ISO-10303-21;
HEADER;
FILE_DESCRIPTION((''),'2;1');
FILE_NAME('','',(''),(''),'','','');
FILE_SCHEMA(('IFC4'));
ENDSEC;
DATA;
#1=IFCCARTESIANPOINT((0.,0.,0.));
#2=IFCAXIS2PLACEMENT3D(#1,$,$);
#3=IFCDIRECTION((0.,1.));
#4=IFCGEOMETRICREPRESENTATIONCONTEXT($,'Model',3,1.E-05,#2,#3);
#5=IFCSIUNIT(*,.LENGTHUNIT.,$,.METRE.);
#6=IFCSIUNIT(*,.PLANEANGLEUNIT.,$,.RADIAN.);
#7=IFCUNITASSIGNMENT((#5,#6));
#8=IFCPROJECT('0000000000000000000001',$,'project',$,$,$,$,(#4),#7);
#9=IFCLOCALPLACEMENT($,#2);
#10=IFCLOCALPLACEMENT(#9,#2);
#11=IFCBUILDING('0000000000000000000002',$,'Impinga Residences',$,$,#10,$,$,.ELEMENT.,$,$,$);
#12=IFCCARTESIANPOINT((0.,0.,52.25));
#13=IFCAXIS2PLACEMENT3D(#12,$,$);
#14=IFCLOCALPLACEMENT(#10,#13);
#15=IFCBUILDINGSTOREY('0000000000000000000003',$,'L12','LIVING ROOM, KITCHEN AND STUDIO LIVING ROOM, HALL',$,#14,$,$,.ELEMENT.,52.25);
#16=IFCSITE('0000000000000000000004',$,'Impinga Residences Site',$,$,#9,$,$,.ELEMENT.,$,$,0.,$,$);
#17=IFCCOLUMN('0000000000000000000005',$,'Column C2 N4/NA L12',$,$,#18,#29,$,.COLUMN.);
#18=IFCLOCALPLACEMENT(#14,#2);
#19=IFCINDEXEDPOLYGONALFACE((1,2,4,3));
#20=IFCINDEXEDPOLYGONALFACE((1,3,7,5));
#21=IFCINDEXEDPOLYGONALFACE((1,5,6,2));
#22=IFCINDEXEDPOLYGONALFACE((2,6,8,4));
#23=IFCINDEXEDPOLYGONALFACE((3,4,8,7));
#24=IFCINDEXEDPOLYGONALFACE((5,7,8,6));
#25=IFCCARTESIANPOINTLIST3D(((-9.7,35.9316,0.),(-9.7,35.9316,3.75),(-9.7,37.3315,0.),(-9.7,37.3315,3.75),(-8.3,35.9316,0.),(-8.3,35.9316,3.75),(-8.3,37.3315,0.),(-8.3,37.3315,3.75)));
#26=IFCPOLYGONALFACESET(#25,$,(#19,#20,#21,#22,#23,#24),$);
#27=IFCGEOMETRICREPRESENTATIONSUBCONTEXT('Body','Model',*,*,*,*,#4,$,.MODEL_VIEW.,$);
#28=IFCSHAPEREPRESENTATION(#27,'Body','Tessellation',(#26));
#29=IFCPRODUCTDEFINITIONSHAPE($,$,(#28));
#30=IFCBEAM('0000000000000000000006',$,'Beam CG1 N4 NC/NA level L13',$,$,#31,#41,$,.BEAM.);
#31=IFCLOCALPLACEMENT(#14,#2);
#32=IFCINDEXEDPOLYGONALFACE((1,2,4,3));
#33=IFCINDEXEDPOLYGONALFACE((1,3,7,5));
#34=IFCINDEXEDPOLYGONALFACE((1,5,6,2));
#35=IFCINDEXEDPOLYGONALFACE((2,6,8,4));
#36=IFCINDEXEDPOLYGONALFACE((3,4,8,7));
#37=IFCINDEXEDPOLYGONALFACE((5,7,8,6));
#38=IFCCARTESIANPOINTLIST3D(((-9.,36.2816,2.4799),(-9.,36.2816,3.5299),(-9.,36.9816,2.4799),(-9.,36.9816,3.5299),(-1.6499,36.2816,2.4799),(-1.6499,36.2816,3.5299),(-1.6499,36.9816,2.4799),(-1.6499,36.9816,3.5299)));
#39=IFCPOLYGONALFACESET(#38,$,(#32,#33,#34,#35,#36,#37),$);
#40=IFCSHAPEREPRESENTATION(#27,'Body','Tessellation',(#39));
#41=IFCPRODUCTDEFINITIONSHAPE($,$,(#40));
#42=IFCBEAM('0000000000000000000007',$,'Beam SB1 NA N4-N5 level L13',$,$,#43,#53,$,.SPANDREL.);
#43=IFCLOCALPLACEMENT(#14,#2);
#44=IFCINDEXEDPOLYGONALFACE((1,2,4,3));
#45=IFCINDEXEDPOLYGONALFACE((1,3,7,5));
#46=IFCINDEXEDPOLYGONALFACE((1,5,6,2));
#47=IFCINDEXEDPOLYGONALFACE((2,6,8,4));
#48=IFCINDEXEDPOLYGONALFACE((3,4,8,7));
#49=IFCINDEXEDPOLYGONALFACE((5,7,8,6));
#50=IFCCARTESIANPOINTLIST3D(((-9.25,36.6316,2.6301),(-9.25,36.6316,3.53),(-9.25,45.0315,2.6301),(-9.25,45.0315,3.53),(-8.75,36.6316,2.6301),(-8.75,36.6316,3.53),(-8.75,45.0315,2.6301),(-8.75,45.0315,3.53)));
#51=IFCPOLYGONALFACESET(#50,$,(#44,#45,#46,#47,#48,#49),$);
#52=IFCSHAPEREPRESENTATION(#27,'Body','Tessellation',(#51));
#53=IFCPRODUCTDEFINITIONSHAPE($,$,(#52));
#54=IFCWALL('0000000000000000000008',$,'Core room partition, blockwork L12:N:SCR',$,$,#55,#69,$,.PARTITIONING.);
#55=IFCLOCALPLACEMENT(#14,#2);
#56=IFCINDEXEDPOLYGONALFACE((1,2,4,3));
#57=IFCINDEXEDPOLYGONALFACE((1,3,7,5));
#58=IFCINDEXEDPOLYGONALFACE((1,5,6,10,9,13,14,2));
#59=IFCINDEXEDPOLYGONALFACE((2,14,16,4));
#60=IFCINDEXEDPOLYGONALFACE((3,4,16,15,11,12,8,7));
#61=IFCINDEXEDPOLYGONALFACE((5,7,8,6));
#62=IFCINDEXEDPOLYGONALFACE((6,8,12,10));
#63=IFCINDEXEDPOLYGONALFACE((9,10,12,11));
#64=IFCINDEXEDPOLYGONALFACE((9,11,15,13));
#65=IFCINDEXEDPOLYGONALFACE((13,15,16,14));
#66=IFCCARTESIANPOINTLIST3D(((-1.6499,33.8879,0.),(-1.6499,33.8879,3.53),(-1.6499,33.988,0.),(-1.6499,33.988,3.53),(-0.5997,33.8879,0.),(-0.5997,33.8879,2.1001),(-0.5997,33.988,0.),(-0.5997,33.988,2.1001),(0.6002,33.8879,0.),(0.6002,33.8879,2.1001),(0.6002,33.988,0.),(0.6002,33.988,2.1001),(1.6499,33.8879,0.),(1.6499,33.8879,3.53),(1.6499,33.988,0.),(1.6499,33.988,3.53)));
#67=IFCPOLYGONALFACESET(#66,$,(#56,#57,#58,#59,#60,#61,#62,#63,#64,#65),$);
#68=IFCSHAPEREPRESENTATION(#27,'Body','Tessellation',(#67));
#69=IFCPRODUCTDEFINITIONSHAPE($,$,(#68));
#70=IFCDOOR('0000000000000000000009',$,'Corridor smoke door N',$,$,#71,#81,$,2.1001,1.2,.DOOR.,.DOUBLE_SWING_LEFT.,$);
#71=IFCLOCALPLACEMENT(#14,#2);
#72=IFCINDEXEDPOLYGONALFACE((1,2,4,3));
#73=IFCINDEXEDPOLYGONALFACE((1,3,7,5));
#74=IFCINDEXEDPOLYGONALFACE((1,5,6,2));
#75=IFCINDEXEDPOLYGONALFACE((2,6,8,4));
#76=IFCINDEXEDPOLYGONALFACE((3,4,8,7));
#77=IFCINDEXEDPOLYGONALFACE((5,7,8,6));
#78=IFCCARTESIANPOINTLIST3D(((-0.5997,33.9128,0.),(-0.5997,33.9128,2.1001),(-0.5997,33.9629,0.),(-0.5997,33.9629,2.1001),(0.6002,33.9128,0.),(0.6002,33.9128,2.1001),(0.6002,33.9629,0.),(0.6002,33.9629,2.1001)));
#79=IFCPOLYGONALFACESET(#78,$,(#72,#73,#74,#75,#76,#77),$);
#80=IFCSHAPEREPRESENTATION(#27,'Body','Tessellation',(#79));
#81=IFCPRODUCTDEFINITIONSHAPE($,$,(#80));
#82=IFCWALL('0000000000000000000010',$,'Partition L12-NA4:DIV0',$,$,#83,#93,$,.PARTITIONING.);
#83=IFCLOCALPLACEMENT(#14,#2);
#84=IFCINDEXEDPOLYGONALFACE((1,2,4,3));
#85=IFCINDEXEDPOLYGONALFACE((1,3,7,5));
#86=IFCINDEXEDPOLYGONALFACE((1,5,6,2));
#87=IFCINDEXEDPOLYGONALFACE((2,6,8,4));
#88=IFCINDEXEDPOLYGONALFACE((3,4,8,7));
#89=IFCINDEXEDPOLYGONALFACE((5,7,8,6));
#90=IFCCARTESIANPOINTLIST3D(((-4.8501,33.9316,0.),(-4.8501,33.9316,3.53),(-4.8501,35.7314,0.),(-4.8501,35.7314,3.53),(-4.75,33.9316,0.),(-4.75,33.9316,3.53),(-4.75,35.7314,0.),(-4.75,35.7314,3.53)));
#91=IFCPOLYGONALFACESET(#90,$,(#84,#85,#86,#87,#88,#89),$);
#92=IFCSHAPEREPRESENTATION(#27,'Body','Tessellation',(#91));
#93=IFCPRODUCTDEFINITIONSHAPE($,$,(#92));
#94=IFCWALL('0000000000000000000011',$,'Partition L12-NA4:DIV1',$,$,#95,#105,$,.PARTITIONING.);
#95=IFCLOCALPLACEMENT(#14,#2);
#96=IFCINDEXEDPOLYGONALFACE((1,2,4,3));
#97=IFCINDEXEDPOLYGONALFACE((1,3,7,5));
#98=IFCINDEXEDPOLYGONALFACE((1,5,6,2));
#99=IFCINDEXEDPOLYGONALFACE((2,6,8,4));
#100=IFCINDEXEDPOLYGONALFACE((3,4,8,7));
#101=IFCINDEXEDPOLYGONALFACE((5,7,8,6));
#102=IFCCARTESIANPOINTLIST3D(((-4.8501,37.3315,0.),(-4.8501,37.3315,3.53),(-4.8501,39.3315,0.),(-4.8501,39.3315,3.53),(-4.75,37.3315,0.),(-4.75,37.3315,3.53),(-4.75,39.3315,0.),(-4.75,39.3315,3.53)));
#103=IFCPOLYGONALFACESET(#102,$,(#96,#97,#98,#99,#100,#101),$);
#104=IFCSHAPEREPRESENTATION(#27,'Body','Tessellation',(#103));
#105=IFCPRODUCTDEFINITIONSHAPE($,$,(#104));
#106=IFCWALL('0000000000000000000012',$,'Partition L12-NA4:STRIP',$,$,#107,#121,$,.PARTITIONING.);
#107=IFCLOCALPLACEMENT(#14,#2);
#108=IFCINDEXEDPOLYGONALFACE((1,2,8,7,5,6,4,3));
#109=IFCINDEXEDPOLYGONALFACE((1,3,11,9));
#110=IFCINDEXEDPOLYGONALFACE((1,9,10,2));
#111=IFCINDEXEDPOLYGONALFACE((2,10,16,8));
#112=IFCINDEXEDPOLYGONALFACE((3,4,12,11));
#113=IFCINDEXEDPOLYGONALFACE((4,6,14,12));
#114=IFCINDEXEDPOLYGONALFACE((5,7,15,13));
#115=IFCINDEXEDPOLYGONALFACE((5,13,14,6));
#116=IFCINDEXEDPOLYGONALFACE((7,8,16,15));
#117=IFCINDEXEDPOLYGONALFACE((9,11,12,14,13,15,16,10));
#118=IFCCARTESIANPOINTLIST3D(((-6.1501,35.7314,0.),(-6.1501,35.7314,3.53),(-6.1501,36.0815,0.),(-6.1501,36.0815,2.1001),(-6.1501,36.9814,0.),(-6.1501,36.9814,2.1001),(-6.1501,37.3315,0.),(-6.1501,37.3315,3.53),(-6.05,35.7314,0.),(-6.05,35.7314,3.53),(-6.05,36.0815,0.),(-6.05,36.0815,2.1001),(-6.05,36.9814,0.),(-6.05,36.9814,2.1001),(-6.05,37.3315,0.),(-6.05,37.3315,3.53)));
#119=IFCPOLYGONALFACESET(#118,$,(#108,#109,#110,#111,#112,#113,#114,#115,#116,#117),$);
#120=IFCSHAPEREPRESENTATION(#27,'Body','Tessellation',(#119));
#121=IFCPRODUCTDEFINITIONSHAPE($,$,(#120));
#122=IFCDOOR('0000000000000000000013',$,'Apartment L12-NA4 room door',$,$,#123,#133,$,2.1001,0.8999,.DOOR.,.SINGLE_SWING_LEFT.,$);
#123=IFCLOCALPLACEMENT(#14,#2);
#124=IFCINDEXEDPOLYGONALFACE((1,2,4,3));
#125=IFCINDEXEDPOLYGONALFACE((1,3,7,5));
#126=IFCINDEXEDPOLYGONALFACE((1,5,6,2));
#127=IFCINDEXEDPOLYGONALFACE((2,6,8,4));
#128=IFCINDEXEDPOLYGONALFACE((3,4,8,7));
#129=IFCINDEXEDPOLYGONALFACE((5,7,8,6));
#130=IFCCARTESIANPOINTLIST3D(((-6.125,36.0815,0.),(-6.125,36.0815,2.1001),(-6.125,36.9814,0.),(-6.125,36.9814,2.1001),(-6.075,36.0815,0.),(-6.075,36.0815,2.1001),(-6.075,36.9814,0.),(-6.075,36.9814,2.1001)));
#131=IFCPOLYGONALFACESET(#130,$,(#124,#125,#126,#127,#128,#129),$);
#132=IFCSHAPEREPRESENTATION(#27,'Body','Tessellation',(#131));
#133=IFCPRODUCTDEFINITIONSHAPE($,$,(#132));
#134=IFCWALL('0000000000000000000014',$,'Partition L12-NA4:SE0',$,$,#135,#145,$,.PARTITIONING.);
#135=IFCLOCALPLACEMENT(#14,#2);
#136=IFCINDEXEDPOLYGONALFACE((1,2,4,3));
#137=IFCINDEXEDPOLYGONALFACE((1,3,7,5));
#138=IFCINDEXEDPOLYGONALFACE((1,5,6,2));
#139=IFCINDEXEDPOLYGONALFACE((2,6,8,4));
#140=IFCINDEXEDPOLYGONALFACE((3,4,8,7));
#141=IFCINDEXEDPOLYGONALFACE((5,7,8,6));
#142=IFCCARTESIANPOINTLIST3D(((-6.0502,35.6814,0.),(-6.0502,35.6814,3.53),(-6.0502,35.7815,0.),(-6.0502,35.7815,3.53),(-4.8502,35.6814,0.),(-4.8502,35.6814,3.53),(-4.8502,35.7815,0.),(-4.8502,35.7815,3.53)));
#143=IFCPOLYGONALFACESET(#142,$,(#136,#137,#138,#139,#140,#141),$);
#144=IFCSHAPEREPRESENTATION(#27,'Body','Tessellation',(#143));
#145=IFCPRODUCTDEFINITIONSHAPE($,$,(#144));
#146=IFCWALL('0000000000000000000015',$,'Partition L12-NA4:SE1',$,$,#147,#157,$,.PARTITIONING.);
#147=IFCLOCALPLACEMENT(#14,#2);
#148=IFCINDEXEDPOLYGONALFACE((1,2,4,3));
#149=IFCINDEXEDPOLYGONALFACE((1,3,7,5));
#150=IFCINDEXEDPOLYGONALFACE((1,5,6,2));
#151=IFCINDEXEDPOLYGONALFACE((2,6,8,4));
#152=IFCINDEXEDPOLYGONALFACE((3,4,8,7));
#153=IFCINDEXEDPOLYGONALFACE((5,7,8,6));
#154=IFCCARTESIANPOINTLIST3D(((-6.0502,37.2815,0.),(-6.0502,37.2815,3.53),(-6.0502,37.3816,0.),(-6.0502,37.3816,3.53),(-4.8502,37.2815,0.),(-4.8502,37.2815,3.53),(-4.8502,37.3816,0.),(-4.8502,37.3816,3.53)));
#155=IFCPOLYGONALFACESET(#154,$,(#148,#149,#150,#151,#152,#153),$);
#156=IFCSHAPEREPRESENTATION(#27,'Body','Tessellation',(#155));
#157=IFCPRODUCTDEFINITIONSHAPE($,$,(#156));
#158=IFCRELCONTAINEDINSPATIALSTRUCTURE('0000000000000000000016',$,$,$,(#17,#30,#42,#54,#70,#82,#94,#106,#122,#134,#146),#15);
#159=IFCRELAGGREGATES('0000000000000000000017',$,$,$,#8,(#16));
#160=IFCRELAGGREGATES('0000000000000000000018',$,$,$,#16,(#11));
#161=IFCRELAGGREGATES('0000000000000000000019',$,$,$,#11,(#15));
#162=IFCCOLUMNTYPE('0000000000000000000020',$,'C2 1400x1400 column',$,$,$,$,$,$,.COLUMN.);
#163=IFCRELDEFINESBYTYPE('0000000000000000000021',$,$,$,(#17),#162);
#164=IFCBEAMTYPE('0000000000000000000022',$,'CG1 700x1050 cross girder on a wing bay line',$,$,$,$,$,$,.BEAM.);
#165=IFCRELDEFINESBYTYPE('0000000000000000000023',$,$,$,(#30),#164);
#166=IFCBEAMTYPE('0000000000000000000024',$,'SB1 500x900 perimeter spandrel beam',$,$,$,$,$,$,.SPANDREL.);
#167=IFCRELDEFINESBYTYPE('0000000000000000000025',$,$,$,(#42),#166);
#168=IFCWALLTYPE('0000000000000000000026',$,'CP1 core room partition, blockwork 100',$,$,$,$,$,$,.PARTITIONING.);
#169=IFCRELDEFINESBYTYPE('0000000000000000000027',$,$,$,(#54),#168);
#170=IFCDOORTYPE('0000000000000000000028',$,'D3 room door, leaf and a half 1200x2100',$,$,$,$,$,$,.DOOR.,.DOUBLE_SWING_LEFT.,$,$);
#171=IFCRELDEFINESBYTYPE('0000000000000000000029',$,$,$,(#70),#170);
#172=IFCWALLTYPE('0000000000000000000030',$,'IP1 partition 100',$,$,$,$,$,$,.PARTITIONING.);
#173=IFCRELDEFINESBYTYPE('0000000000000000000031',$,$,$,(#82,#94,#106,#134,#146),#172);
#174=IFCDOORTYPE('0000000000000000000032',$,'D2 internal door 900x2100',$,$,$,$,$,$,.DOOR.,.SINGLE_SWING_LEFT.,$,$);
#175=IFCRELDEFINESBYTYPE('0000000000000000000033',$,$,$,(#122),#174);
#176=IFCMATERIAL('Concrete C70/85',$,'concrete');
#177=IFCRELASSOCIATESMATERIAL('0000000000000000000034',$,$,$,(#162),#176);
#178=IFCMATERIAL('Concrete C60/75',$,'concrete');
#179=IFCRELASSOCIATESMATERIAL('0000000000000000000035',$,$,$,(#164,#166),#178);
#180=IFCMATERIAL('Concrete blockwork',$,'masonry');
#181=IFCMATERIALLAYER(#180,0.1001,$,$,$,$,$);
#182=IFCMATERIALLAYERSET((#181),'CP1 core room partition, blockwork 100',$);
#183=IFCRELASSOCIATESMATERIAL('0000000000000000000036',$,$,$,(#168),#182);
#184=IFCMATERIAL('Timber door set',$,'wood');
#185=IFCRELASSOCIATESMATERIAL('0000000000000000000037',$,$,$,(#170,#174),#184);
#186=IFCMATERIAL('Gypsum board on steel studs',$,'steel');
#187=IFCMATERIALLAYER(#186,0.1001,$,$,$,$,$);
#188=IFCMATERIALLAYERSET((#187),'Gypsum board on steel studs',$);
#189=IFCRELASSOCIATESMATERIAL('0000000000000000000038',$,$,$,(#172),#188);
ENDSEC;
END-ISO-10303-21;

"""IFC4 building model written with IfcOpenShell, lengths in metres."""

from ifc_helpers import new_model, si_unit, direction, frame, frame_2d, origin, origin_2d, place, context, subcontext, project, spatial, rectangle, extrude, material, layer, layer_set, material_profile, profile_set, type_object, element, fill, save


model = new_model("IFC4")

# Units and contexts
model_context = context("Model", 3, precision=1e-05, world=origin(), true_north=direction((0.0, 1.0)))
body_context = subcontext(model_context, "Body", "Model", "MODEL_VIEW")
ifc_project = project(units=[si_unit("LENGTHUNIT", "METRE"), si_unit("PLANEANGLEUNIT", "RADIAN")], contexts=[model_context])

# Site, building, storey
site_placement = place(None, origin())
site = spatial("IfcSite", under=ifc_project, at=site_placement, Name="Impinga Residences Site", CompositionType="ELEMENT", RefElevation=0.0)
building_placement = place(site_placement, origin())
building = spatial("IfcBuilding", under=site, at=building_placement, Name="Impinga Residences", CompositionType="ELEMENT")
storey_placement = place(building_placement, frame((0.0, 0.0, 52.25)))
storey = spatial("IfcBuildingStorey", under=building, at=storey_placement, Name="L12", Description="LIVING ROOM, KITCHEN AND STUDIO LIVING ROOM, HALL", CompositionType="ELEMENT", Elevation=52.25)

# Column
ifc_material_1 = material(Name="Concrete C70/85", Category="concrete")
ifc_material_profile_1 = material_profile(ifc_material_1, rectangle(XDim=1.3999, YDim=1.3999, at=origin_2d()), Name="RC 1400x1400")
ifc_profile_set_1 = profile_set([ifc_material_profile_1], Name="Concrete C70/85")
column_type = type_object("IfcColumnType", Name="C2 1400x1400 column", PredefinedType="COLUMN", material=ifc_profile_set_1)
column_placement = place(storey_placement, frame((-9.0, 36.6316, 0.0), z_axis=(0.0, 0.0, 1.0), x_axis=(1.0, 0.0, 0.0)))
element("IfcColumn", 1, at=column_placement, inside=storey, type_object=column_type, Name="Column C2 N4/NA L12", PredefinedType="COLUMN", context=body_context, shape_type="SweptSolid", body=[
    extrude(rectangle(XDim=1.3999, YDim=1.3999, at=origin_2d()), origin(), (0.0, 0.0, 1.0), 3.75),
])

# Beams
ifc_material_2 = material(Name="Concrete C60/75", Category="concrete")
ifc_material_profile_2 = material_profile(ifc_material_2, rectangle(XDim=0.7, YDim=1.05, at=origin_2d()), Name="RC 700x1050")
ifc_profile_set_2 = profile_set([ifc_material_profile_2], Name="Concrete C60/75")
beam_type_1 = type_object("IfcBeamType", Name="CG1 700x1050 cross girder on a wing bay line", PredefinedType="BEAM", material=ifc_profile_set_2)
beam_1_placement = place(storey_placement, frame((-1.6499, 36.6316, 3.0049), z_axis=(-1.0, 0.0, 0.0), x_axis=(0.0, -1.0, 0.0)))
element("IfcBeam", 2, at=beam_1_placement, inside=storey, type_object=beam_type_1, Name="Beam CG1 N4 NC/NA level L13", PredefinedType="BEAM", context=body_context, shape_type="SweptSolid", body=[
    extrude(rectangle(XDim=0.7, YDim=1.05, at=origin_2d()), origin(), (0.0, 0.0, 1.0), 7.3501),
])
ifc_material_profile_3 = material_profile(ifc_material_2, rectangle(XDim=0.5, YDim=0.8999, at=origin_2d()), Name="RC 500x900")
ifc_profile_set_3 = profile_set([ifc_material_profile_3], Name="Concrete C60/75")
beam_type_2 = type_object("IfcBeamType", Name="SB1 500x900 perimeter spandrel beam", PredefinedType="SPANDREL", material=ifc_profile_set_3)
beam_2_placement = place(storey_placement, frame((-9.0, 36.6316, 3.0801), z_axis=(0.0, 1.0, 0.0), x_axis=(-1.0, 0.0, 0.0)))
element("IfcBeam", 3, at=beam_2_placement, inside=storey, type_object=beam_type_2, Name="Beam SB1 NA N4-N5 level L13", PredefinedType="SPANDREL", context=body_context, shape_type="SweptSolid", body=[
    extrude(rectangle(XDim=0.5, YDim=0.8999, at=origin_2d()), origin(), (0.0, 0.0, 1.0), 8.3999),
])

# Wall, opening, door
ifc_material_3 = material(Name="Concrete blockwork", Category="masonry")
ifc_layer_1 = layer(ifc_material_3, 0.1001)
ifc_layer_set_1 = layer_set([ifc_layer_1], Name="CP1 core room partition, blockwork 100")
wall_type_1 = type_object("IfcWallType", Name="CP1 core room partition, blockwork 100", PredefinedType="PARTITIONING", material=ifc_layer_set_1)
wall_1_placement = place(storey_placement, frame((-1.6499, 33.938, 0.0), z_axis=(0.0, 0.0, 1.0), x_axis=(1.0, 0.0, 0.0)))
wall_1 = element("IfcWall", 4, at=wall_1_placement, inside=storey, type_object=wall_type_1, Name="Core room partition, blockwork L12:N:SCR", PredefinedType="PARTITIONING", context=body_context, shape_type="SweptSolid", body=[
    extrude(rectangle(XDim=3.2998, YDim=0.1001, at=frame_2d((1.6499, 0.0))), origin(), (0.0, 0.0, 1.0), 3.53),
])
opening_1_placement = place(wall_1_placement, frame((1.05, 0.0, 0.0)))
opening_1 = element("IfcOpeningElement", 5, at=opening_1_placement, cuts=wall_1, PredefinedType="OPENING", context=body_context, shape_type="SweptSolid", body=[
    extrude(rectangle(XDim=1.2, YDim=2.1001, at=frame_2d((0.6001, 1.05))), frame((0.0, 0.0601, 0.0), z_axis=(0.0, -1.0, 0.0), x_axis=(1.0, 0.0, 0.0)), (0.0, 0.0, 1.0), 0.1201),
])
ifc_material_4 = material(Name="Timber door set", Category="wood")
door_type_1 = type_object("IfcDoorType", Name="D3 room door, leaf and a half 1200x2100", OperationType="DOUBLE_SWING_LEFT", PredefinedType="DOOR", material=ifc_material_4)
door_1_placement = place(opening_1_placement, origin())
door_1 = element("IfcDoor", 6, at=door_1_placement, inside=storey, type_object=door_type_1, Name="Corridor smoke door N", OperationType="DOUBLE_SWING_LEFT", OverallHeight=2.1001, OverallWidth=1.2, PredefinedType="DOOR", context=body_context, shape_type="SweptSolid", body=[
    extrude(rectangle(XDim=1.2, YDim=2.1001, at=frame_2d((0.6001, 1.05))), frame((0.0, 0.0249, 0.0), z_axis=(0.0, -1.0, 0.0), x_axis=(1.0, 0.0, 0.0)), (0.0, 0.0, 1.0), 0.05),
])
fill(opening_1, door_1)

# Walls
ifc_material_5 = material(Name="Gypsum board on steel studs", Category="steel")
ifc_layer_2 = layer(ifc_material_5, 0.1001)
ifc_layer_set_2 = layer_set([ifc_layer_2], Name="Gypsum board on steel studs")
wall_type_2 = type_object("IfcWallType", Name="IP1 partition 100", PredefinedType="PARTITIONING", material=ifc_layer_set_2)
wall_2_placement = place(storey_placement, frame((-4.8, 33.9316, 0.0), z_axis=(0.0, 0.0, 1.0), x_axis=(0.0, 1.0, 0.0)))
element("IfcWall", 7, at=wall_2_placement, inside=storey, type_object=wall_type_2, Name="Partition L12-NA4:DIV0", PredefinedType="PARTITIONING", context=body_context, shape_type="SweptSolid", body=[
    extrude(rectangle(XDim=1.7998, YDim=0.1001, at=frame_2d((0.8999, 0.0))), origin(), (0.0, 0.0, 1.0), 3.53),
])
wall_3_placement = place(storey_placement, frame((-4.8, 37.3315, 0.0), z_axis=(0.0, 0.0, 1.0), x_axis=(0.0, 1.0, 0.0)))
element("IfcWall", 8, at=wall_3_placement, inside=storey, type_object=wall_type_2, Name="Partition L12-NA4:DIV1", PredefinedType="PARTITIONING", context=body_context, shape_type="SweptSolid", body=[
    extrude(rectangle(XDim=2.0, YDim=0.1001, at=frame_2d((1.0, 0.0))), origin(), (0.0, 0.0, 1.0), 3.53),
])

# Wall, opening, door
wall_4_placement = place(storey_placement, frame((-6.1001, 35.7314, 0.0), z_axis=(0.0, 0.0, 1.0), x_axis=(0.0, 1.0, 0.0)))
wall_4 = element("IfcWall", 9, at=wall_4_placement, inside=storey, type_object=wall_type_2, Name="Partition L12-NA4:STRIP", PredefinedType="PARTITIONING", context=body_context, shape_type="SweptSolid", body=[
    extrude(rectangle(XDim=1.6001, YDim=0.1001, at=frame_2d((0.8, 0.0))), origin(), (0.0, 0.0, 1.0), 3.53),
])
opening_2_placement = place(wall_4_placement, frame((0.3501, 0.0, 0.0)))
opening_2 = element("IfcOpeningElement", 10, at=opening_2_placement, cuts=wall_4, PredefinedType="OPENING", context=body_context, shape_type="SweptSolid", body=[
    extrude(rectangle(XDim=0.8999, YDim=2.1001, at=frame_2d((0.45, 1.05))), frame((0.0, 0.0601, 0.0), z_axis=(0.0, -1.0, 0.0), x_axis=(1.0, 0.0, 0.0)), (0.0, 0.0, 1.0), 0.1201),
])
door_type_2 = type_object("IfcDoorType", Name="D2 internal door 900x2100", OperationType="SINGLE_SWING_LEFT", PredefinedType="DOOR", material=ifc_material_4)
door_2_placement = place(opening_2_placement, origin())
door_2 = element("IfcDoor", 11, at=door_2_placement, inside=storey, type_object=door_type_2, Name="Apartment L12-NA4 room door", OperationType="SINGLE_SWING_LEFT", OverallHeight=2.1001, OverallWidth=0.8999, PredefinedType="DOOR", context=body_context, shape_type="SweptSolid", body=[
    extrude(rectangle(XDim=0.8999, YDim=2.1001, at=frame_2d((0.45, 1.05))), frame((0.0, 0.0249, 0.0), z_axis=(0.0, -1.0, 0.0), x_axis=(1.0, 0.0, 0.0)), (0.0, 0.0, 1.0), 0.05),
])
fill(opening_2, door_2)

# Walls
for number, where, z_axis, x_axis, name in (
    (12, (-4.8501, 35.7314, 0.0), (0.0, 0.0, 1.0), (-1.0, 0.0, 0.0), "Partition L12-NA4:SE0"),
    (13, (-4.8501, 37.3315, 0.0), (0.0, 0.0, 1.0), (-1.0, 0.0, 0.0), "Partition L12-NA4:SE1"),
):
    element("IfcWall", number, at=place(storey_placement, frame(where, z_axis=z_axis, x_axis=x_axis)), inside=storey, type_object=wall_type_2, Name=name, PredefinedType="PARTITIONING", context=body_context, shape_type="SweptSolid", body=[
        extrude(rectangle(XDim=1.2, YDim=0.1001, at=frame_2d((0.6001, 0.0))), origin(), (0.0, 0.0, 1.0), 3.53),
    ])

save(model, "model.ifc")
